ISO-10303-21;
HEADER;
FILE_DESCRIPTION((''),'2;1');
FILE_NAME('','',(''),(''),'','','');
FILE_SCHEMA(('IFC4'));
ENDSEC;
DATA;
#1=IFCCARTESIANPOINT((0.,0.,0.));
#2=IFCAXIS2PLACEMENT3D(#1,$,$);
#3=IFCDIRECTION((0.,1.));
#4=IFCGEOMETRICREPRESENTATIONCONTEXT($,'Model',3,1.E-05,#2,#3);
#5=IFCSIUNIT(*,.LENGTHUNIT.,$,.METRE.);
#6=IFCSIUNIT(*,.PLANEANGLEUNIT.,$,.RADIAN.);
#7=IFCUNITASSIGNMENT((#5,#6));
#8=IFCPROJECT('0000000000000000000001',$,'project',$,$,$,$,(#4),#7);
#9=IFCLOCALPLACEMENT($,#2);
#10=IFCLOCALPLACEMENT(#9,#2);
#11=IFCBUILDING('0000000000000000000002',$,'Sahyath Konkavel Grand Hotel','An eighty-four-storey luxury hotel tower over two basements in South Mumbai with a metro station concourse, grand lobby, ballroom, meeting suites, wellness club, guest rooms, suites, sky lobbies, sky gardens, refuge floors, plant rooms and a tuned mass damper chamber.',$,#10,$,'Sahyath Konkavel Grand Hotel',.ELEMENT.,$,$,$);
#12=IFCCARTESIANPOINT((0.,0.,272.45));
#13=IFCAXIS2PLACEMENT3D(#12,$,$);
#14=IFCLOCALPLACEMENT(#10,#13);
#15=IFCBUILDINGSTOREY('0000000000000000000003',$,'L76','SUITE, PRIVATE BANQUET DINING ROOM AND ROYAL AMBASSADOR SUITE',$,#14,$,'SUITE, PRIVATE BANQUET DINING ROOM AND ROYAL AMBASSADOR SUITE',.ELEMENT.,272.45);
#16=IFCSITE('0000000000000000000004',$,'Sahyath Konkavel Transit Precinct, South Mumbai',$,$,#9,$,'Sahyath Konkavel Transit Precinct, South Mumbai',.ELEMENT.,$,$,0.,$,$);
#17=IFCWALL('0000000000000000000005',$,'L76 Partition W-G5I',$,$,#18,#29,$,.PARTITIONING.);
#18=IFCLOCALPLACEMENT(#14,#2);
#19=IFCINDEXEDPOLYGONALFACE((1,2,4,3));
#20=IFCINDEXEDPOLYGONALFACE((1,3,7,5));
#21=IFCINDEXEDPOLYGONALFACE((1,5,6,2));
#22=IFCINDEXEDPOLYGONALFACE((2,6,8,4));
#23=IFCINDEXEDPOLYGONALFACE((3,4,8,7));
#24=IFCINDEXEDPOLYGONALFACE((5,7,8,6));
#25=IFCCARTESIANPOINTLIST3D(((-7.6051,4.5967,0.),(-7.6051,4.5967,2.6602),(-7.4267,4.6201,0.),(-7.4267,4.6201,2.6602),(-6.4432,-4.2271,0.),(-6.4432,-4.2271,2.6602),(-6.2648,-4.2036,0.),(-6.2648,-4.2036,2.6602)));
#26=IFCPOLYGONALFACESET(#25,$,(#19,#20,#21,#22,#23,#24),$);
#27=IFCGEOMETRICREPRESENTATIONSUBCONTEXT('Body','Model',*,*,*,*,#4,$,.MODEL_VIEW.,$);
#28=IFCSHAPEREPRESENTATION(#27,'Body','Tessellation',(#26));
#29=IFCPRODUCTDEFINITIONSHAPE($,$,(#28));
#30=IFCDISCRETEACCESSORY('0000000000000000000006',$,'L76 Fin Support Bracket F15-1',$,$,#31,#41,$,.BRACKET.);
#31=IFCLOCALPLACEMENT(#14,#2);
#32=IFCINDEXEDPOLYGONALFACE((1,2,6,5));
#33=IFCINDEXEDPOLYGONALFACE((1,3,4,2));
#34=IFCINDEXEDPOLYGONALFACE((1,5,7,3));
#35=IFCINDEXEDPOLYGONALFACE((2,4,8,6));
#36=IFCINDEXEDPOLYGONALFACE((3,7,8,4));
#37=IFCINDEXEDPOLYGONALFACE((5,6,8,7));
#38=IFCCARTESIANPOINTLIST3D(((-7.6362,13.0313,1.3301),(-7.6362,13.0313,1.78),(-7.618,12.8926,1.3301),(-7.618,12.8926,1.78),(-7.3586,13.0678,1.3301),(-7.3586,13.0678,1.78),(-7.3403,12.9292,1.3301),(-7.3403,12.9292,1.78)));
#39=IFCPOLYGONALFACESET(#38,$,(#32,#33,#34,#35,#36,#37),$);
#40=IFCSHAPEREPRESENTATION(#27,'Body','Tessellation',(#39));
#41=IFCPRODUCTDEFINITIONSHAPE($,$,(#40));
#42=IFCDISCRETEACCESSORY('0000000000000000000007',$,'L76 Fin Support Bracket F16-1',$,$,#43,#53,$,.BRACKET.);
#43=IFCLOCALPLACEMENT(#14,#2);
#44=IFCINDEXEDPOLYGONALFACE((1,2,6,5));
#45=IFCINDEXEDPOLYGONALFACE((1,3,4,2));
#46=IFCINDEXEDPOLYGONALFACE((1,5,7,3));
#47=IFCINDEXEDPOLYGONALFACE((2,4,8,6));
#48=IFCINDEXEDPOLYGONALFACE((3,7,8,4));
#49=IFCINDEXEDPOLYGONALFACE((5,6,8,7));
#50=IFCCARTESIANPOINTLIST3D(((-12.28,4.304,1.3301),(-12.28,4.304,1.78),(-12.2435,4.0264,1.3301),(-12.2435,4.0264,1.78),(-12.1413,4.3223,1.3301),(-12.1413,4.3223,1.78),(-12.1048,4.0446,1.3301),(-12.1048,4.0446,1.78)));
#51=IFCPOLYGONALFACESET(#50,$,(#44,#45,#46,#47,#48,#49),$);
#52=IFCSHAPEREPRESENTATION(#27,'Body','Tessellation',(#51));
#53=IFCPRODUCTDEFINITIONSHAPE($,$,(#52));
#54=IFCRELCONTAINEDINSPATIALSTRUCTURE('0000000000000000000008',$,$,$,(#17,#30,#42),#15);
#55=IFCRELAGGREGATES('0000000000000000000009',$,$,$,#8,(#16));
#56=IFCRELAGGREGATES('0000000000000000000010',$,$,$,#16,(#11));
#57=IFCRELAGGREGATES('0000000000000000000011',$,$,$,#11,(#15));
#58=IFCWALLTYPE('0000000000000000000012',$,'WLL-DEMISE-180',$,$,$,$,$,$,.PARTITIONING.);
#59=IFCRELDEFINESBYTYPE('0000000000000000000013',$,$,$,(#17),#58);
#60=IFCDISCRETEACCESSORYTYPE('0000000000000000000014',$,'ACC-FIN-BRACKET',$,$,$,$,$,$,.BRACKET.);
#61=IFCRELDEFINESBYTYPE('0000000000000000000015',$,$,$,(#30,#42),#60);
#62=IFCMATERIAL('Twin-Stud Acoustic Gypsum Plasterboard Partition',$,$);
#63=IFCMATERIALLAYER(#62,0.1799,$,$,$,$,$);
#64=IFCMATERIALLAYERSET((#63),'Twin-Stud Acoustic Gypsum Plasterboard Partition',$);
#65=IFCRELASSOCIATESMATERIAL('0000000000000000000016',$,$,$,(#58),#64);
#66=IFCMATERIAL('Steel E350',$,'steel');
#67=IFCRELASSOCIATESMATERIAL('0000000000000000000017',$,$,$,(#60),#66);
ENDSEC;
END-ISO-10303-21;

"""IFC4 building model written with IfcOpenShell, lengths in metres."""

from ifc_helpers import new_model, si_unit, direction, frame, frame_2d, origin, origin_2d, place, context, subcontext, project, spatial, rectangle, extrude, source, transform, mapped, material, layer, layer_set, type_object, element, save


model = new_model("IFC4")

# Units and contexts
model_context = context("Model", 3, precision=1e-05, world=origin(), true_north=direction((0.0, 1.0)))
body_context = subcontext(model_context, "Body", "Model", "MODEL_VIEW")
ifc_project = project(units=[si_unit("LENGTHUNIT", "METRE"), si_unit("PLANEANGLEUNIT", "RADIAN")], contexts=[model_context])

# Site, building, storey
site_placement = place(None, origin())
site = spatial("IfcSite", under=ifc_project, at=site_placement, Name="Sahyath Konkavel Transit Precinct, South Mumbai", LongName="Sahyath Konkavel Transit Precinct, South Mumbai", CompositionType="ELEMENT", RefElevation=0.0)
building_placement = place(site_placement, origin())
building = spatial("IfcBuilding", under=site, at=building_placement, Name="Sahyath Konkavel Grand Hotel", Description="An eighty-four-storey luxury hotel tower over two basements in South Mumbai with a metro station concourse, grand lobby, ballroom, meeting suites, wellness club, guest rooms, suites, sky lobbies, sky gardens, refuge floors, plant rooms and a tuned mass damper chamber.", LongName="Sahyath Konkavel Grand Hotel", CompositionType="ELEMENT")
storey_placement = place(building_placement, frame((0.0, 0.0, 272.45)))
storey = spatial("IfcBuildingStorey", under=building, at=storey_placement, Name="L76", Description="SUITE, PRIVATE BANQUET DINING ROOM AND ROYAL AMBASSADOR SUITE", LongName="SUITE, PRIVATE BANQUET DINING ROOM AND ROYAL AMBASSADOR SUITE", CompositionType="ELEMENT", Elevation=272.45)

# Shared definitions
ifc_material_1 = material(Name="Steel E350", Category="steel")

# Wall
ifc_material_2 = material(Name="Twin-Stud Acoustic Gypsum Plasterboard Partition")
ifc_layer_1 = layer(ifc_material_2, 0.1799)
ifc_layer_set_1 = layer_set([ifc_layer_1], Name="Twin-Stud Acoustic Gypsum Plasterboard Partition")
wall_type_1 = type_object("IfcWallType", Name="WLL-DEMISE-180", PredefinedType="PARTITIONING", material=ifc_layer_set_1)
wall_1_placement = place(storey_placement, frame((-7.5159, 4.6084, 0.0), z_axis=(0.0, 0.0, 1.0), x_axis=(0.130548, -0.991442, 0.0)))
element("IfcWall", 1, at=wall_1_placement, inside=storey, type_object=wall_type_1, Name="L76 Partition W-G5I", PredefinedType="PARTITIONING", context=body_context, shape_type="SweptSolid", body=[
    extrude(rectangle(XDim=8.8999, YDim=0.1799, at=frame_2d((4.45, 0.0))), origin(), (0.0, 0.0, 1.0), 2.6602),
])

# Discrete accessories
discrete_accessory_type = type_object("IfcDiscreteAccessoryType", Name="ACC-FIN-BRACKET", PredefinedType="BRACKET", material=ifc_material_1)
shared_shape_1 = source(origin(), body_context, "Body", "SweptSolid", [
    extrude(rectangle(XDim=0.28, YDim=0.1399, at=origin_2d()), origin(), (0.0, 0.0, 1.0), 0.45),
])
for number, where, z_axis, x_axis, name in (
    (2, (-7.4883, 12.9802, 1.3301), (0.0, 0.0, 1.0), (-0.991445, -0.130526, 0.0), "L76 Fin Support Bracket F15-1"),
    (3, (-12.1924, 4.1743, 1.3301), (0.0, 0.0, 1.0), (-0.130526, 0.991445, 0.0), "L76 Fin Support Bracket F16-1"),
):
    element("IfcDiscreteAccessory", number, at=place(storey_placement, frame(where, z_axis=z_axis, x_axis=x_axis)), inside=storey, type_object=discrete_accessory_type, Name=name, PredefinedType="BRACKET", context=body_context, shape_type="MappedRepresentation", body=[
        mapped(shared_shape_1, transform((0.0, 0.0, 0.0), scale=1.0)),
    ])

save(model, "model.ifc")
